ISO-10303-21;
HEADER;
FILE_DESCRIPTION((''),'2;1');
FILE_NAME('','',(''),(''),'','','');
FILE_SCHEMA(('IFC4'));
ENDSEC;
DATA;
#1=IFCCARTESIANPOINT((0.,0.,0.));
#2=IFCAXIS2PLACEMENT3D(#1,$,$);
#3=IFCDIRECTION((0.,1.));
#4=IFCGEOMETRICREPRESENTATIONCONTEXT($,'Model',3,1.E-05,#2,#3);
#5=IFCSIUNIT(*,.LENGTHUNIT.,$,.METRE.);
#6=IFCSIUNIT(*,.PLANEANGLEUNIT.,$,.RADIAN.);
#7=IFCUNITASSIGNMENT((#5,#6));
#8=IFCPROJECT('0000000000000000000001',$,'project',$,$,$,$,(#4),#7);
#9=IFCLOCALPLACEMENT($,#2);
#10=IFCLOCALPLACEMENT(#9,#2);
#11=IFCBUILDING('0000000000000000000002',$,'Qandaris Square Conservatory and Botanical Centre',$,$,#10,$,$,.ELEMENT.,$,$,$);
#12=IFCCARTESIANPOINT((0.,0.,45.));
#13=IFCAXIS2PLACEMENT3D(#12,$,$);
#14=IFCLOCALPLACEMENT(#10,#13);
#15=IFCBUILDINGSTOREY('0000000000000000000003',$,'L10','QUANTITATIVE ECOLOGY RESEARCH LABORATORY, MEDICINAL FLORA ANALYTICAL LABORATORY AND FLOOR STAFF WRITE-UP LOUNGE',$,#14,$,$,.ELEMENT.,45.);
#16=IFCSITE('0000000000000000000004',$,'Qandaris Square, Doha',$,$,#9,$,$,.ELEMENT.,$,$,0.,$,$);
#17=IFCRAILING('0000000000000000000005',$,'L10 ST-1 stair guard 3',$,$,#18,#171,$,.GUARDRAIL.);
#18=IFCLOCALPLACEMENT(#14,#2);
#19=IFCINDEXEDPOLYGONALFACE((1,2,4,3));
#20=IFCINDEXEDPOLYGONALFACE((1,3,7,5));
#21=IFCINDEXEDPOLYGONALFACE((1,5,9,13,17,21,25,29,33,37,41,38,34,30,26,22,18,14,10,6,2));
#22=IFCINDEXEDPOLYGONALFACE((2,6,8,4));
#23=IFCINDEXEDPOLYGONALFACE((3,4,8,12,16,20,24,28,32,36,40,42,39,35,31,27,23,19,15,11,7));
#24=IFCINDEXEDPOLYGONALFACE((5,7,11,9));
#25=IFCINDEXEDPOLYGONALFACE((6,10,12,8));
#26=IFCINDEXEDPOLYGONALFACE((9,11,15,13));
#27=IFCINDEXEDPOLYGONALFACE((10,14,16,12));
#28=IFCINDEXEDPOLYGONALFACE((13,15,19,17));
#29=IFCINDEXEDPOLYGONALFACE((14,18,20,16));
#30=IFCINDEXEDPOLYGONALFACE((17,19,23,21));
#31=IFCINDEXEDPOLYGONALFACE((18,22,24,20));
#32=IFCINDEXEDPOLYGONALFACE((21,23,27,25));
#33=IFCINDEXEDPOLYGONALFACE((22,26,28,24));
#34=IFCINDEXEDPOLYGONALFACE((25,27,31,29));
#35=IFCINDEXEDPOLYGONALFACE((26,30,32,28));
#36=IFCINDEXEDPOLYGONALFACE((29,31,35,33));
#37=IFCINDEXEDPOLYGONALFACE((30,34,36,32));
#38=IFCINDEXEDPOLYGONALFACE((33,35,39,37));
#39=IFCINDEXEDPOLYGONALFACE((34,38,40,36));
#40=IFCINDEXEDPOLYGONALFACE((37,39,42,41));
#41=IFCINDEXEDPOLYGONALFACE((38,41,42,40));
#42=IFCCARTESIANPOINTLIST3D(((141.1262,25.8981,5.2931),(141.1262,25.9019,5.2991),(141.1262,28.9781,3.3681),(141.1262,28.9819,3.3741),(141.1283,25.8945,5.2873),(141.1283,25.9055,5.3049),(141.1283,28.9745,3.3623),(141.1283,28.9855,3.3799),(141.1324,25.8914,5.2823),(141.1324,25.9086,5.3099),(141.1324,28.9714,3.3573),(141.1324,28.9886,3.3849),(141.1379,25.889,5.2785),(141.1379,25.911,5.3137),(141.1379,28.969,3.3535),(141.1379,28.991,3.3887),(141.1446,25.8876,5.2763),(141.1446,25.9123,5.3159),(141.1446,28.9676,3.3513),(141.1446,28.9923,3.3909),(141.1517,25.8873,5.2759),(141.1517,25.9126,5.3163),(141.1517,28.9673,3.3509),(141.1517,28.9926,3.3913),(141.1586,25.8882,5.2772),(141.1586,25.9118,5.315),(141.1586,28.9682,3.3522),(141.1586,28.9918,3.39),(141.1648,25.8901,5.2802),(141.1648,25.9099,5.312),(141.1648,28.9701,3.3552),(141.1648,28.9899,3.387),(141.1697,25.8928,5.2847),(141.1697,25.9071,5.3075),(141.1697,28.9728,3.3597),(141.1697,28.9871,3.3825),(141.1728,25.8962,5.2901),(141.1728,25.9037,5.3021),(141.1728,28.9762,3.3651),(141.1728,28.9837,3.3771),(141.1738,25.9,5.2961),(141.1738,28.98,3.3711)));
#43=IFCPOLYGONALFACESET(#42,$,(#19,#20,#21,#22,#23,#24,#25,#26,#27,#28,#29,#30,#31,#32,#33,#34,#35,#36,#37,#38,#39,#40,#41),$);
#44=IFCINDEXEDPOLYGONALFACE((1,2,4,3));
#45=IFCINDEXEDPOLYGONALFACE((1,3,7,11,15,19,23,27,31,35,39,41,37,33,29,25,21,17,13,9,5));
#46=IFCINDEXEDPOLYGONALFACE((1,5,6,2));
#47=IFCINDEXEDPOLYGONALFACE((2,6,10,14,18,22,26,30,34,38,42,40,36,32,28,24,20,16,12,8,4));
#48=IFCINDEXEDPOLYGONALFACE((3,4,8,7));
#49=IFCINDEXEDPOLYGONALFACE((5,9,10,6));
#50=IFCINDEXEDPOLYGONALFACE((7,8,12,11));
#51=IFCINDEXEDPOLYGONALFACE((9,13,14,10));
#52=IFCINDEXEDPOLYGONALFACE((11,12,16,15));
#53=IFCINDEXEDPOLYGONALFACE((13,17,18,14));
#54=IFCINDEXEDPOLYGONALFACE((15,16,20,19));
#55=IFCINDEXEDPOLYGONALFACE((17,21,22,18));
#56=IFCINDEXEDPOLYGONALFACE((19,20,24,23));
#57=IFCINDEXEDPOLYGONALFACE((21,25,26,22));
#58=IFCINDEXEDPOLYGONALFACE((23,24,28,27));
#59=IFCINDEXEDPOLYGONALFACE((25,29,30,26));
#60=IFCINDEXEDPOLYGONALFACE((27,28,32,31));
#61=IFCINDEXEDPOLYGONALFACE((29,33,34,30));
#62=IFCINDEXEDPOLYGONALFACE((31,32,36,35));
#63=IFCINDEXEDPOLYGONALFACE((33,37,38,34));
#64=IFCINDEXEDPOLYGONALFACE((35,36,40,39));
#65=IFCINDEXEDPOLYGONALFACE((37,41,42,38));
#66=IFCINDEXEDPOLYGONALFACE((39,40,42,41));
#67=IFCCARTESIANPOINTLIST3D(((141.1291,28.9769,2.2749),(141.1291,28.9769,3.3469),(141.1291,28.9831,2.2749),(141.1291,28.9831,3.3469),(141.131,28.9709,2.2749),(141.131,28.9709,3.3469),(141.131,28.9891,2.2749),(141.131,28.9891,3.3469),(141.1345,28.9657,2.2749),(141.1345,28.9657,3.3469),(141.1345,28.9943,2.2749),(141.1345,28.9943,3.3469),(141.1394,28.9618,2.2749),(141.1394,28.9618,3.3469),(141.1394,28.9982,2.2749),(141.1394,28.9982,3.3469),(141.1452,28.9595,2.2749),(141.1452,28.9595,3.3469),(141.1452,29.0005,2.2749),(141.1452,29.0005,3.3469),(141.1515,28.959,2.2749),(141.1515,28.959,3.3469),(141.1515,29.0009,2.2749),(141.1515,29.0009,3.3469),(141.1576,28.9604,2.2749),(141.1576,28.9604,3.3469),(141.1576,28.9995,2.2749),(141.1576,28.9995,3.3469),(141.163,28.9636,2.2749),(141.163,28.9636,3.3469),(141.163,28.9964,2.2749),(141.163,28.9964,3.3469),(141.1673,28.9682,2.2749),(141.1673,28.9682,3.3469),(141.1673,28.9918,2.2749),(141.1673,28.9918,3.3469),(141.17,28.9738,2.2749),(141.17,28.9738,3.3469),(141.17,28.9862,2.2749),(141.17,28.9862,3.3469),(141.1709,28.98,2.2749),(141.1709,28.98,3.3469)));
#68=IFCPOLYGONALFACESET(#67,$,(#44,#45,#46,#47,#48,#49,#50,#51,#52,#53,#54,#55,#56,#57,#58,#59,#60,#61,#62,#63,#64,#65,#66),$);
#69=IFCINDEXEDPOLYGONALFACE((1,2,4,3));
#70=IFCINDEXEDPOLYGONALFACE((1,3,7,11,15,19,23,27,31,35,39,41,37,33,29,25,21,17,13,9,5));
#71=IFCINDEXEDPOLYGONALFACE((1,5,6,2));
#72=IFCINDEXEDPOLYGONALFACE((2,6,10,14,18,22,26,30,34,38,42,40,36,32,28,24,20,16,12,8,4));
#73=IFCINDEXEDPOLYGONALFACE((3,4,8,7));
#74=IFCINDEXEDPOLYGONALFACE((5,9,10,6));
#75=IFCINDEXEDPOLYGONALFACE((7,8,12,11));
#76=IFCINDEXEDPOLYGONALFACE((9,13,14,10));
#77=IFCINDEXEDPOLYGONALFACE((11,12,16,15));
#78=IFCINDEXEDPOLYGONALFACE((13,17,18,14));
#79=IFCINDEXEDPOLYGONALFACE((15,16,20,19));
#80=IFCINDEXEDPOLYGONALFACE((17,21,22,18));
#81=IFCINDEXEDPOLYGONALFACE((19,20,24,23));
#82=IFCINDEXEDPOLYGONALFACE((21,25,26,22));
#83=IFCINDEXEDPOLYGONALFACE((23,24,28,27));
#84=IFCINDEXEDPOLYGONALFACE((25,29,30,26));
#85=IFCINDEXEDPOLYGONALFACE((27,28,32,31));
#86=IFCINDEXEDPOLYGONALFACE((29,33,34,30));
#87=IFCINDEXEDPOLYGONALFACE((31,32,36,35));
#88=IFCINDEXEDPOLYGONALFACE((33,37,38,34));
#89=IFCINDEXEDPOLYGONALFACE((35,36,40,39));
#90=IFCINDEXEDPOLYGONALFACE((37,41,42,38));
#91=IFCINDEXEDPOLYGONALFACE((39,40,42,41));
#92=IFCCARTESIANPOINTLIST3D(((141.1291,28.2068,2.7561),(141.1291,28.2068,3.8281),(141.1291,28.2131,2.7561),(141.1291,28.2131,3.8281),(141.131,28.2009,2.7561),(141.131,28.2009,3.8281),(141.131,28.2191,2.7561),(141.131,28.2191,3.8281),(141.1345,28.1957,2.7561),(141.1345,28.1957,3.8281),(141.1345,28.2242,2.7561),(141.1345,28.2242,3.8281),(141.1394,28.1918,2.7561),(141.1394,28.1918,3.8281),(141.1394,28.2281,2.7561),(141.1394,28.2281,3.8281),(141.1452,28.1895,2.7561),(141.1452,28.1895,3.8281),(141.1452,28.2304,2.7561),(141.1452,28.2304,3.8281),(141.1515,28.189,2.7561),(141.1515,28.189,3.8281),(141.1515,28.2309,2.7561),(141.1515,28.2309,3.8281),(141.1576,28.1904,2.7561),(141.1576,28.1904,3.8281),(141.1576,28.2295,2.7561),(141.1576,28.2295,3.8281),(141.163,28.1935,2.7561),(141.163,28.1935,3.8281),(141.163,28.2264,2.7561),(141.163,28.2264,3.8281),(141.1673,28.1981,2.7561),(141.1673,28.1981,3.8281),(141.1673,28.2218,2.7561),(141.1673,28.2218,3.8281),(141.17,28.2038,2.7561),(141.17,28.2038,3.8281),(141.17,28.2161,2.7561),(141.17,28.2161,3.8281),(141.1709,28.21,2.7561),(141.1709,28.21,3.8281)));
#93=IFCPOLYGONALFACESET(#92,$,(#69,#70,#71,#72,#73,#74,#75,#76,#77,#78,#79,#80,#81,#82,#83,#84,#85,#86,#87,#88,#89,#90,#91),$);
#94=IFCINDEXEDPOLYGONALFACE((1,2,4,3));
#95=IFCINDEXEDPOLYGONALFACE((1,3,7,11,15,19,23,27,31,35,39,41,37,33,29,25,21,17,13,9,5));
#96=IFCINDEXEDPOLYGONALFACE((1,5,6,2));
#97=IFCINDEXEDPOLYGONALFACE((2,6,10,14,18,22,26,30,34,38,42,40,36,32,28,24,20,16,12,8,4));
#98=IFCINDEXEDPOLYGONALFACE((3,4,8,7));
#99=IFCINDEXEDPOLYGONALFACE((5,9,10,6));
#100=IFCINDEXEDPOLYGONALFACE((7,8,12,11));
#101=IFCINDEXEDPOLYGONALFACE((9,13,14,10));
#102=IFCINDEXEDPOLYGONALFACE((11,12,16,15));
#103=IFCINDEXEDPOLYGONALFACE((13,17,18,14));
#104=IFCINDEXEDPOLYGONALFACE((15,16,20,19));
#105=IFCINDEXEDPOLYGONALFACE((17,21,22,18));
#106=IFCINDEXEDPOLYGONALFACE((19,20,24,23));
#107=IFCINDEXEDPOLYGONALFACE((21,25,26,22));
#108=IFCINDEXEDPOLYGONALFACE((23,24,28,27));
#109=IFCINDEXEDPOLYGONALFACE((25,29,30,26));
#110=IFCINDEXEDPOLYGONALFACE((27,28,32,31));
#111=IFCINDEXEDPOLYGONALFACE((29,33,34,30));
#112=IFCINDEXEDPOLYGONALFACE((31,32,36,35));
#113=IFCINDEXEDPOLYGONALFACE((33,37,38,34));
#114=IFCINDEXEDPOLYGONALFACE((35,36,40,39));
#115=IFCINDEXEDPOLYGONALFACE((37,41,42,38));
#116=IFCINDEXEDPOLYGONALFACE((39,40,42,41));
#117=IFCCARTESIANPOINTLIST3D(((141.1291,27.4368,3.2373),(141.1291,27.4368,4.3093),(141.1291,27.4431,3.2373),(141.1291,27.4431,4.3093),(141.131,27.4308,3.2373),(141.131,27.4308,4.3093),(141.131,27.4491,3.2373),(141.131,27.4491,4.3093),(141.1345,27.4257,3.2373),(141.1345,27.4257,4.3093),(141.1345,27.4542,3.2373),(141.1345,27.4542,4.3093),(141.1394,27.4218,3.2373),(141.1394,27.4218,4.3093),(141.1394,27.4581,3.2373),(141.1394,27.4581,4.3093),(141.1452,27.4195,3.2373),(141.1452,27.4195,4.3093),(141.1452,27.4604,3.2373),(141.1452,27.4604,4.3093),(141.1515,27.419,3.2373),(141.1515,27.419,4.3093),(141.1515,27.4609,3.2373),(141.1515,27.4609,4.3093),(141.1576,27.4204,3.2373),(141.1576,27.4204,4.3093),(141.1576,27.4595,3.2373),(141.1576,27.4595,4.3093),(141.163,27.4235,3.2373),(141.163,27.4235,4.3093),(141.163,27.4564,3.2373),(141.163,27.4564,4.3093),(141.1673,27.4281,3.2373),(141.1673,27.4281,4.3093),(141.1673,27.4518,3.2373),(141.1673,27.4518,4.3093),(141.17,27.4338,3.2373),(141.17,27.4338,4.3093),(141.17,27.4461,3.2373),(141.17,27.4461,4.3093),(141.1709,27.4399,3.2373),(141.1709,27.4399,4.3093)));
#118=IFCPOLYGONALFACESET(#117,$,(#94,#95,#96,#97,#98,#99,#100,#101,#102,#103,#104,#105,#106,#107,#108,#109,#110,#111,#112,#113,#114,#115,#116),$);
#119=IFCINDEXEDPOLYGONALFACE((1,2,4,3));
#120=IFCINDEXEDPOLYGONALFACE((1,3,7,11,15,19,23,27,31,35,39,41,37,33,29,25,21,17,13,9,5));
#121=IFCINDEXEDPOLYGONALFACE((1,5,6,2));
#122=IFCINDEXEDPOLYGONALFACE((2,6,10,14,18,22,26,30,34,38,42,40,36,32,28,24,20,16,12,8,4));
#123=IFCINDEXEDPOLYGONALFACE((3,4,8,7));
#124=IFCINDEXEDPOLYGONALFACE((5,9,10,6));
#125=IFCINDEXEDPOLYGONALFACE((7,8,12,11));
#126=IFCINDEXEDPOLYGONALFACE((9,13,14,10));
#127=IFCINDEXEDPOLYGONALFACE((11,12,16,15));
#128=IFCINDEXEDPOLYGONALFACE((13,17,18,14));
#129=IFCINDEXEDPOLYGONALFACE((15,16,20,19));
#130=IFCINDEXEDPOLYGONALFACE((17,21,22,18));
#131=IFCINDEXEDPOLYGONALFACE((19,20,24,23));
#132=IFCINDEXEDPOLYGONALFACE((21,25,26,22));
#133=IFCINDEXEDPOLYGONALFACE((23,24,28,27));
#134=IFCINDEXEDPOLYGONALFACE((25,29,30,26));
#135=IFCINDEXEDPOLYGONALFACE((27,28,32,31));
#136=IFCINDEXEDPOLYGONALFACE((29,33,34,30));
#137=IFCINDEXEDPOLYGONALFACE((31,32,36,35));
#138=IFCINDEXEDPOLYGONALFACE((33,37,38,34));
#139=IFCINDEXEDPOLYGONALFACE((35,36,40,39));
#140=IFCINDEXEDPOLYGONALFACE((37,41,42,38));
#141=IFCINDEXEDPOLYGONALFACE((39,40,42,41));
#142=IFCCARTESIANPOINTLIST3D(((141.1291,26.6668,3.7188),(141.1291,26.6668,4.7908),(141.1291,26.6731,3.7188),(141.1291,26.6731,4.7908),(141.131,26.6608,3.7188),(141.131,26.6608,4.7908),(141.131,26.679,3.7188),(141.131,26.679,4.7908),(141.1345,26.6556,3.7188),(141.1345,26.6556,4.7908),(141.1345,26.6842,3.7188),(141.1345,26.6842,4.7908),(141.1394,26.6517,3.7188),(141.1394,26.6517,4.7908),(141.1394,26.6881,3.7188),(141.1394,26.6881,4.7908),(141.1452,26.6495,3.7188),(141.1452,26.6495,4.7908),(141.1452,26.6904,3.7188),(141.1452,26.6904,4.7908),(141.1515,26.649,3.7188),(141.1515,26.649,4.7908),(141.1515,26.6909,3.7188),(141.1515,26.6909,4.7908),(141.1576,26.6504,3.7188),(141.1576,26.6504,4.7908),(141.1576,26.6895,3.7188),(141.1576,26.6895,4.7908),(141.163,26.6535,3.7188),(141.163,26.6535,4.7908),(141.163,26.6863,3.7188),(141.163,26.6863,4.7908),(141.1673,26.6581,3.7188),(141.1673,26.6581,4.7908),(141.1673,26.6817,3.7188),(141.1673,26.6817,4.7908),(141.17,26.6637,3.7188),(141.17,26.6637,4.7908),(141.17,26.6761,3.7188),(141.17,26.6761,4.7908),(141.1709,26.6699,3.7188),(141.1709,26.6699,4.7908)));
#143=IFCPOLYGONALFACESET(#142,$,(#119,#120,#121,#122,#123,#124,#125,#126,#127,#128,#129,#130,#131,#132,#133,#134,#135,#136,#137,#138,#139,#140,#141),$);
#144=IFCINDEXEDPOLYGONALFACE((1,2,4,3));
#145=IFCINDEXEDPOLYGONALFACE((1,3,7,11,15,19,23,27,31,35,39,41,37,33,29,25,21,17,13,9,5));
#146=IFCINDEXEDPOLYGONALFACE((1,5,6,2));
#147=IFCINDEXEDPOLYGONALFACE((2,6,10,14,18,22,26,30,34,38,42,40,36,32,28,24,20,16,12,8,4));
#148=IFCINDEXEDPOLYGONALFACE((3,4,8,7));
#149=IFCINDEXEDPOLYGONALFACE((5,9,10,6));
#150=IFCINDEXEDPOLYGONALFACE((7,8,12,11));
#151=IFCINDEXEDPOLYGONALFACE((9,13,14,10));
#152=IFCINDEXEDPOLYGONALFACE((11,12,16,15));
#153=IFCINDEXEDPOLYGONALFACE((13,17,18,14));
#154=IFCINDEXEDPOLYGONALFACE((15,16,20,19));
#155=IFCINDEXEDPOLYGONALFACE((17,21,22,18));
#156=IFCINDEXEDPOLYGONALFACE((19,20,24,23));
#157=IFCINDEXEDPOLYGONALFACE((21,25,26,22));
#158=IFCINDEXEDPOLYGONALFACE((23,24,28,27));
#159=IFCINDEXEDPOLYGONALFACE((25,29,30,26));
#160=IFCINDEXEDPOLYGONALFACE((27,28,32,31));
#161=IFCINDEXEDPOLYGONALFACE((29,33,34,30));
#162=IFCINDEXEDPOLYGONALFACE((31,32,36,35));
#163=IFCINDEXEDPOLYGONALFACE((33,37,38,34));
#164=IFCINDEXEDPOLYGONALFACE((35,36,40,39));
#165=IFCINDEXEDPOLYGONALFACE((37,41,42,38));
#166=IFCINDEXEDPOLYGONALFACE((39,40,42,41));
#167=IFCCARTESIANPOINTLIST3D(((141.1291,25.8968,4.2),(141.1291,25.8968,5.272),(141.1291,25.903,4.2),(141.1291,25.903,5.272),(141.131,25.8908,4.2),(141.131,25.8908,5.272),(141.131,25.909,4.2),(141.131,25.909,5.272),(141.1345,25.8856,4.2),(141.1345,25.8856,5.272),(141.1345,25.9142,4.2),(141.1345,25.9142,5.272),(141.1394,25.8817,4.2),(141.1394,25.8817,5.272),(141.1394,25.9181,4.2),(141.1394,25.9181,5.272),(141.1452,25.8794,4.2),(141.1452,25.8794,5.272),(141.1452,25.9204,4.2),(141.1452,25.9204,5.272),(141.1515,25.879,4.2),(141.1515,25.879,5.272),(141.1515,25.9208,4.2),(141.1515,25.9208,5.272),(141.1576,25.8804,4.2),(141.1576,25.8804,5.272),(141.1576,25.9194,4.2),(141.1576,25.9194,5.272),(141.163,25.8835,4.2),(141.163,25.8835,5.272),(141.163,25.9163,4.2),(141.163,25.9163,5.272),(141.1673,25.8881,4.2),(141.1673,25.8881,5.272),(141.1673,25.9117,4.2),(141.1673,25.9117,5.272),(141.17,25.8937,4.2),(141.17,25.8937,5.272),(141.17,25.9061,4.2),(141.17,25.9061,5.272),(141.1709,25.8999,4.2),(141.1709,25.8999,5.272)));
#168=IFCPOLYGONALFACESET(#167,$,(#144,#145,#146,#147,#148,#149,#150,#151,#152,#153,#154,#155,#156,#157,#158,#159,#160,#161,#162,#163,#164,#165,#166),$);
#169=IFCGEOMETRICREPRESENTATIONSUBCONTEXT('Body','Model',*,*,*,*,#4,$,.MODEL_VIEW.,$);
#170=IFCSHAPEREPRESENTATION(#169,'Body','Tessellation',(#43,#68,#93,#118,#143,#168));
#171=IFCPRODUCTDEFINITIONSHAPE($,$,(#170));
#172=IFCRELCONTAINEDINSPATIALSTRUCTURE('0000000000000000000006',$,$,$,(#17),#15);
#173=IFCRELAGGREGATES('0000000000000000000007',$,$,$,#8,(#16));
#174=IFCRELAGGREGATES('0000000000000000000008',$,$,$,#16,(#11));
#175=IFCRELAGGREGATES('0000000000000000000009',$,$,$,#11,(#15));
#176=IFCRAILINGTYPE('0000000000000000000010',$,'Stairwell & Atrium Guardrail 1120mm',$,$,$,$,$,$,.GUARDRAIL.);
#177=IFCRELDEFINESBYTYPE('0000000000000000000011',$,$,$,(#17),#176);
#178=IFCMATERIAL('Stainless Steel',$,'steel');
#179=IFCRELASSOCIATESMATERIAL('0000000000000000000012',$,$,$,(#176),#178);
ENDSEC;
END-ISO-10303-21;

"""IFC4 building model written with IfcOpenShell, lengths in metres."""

from ifc_helpers import new_model, si_unit, direction, frame, origin, origin_2d, place, context, subcontext, project, spatial, circle, extrude, material, type_object, element, save


model = new_model("IFC4")

# Units and contexts
model_context = context("Model", 3, precision=1e-05, world=origin(), true_north=direction((0.0, 1.0)))
body_context = subcontext(model_context, "Body", "Model", "MODEL_VIEW")
ifc_project = project(units=[si_unit("LENGTHUNIT", "METRE"), si_unit("PLANEANGLEUNIT", "RADIAN")], contexts=[model_context])

# Site, building, storey
site_placement = place(None, origin())
site = spatial("IfcSite", under=ifc_project, at=site_placement, Name="Qandaris Square, Doha", CompositionType="ELEMENT", RefElevation=0.0)
building_placement = place(site_placement, origin())
building = spatial("IfcBuilding", under=site, at=building_placement, Name="Qandaris Square Conservatory and Botanical Centre", CompositionType="ELEMENT")
storey_placement = place(building_placement, frame((0.0, 0.0, 45.0)))
storey = spatial("IfcBuildingStorey", under=building, at=storey_placement, Name="L10", Description="QUANTITATIVE ECOLOGY RESEARCH LABORATORY, MEDICINAL FLORA ANALYTICAL LABORATORY AND FLOOR STAFF WRITE-UP LOUNGE", CompositionType="ELEMENT", Elevation=45.0)

# Railing
ifc_material_1 = material(Name="Stainless Steel", Category="steel")
railing_type_1 = type_object("IfcRailingType", Name="Stairwell & Atrium Guardrail 1120mm", PredefinedType="GUARDRAIL", material=ifc_material_1)
railing_1_placement = place(storey_placement, frame((141.1499, 28.98, 2.2749)))
element("IfcRailing", 1, at=railing_1_placement, inside=storey, type_object=railing_type_1, Name="L10 ST-1 stair guard 3", PredefinedType="GUARDRAIL", context=body_context, shape_type="SweptSolid", body=[
    extrude(circle(Radius=0.0239, at=origin_2d()), frame((0.0, 0.0, 1.0962), z_axis=(0.0, -0.847998, 0.529999), x_axis=(1.0, 0.0, 0.0)), (0.0, 0.0, 1.0), 3.6321),
    extrude(circle(Radius=0.021, at=origin_2d()), origin(), (0.0, 0.0, 1.0), 1.072),
    extrude(circle(Radius=0.021, at=origin_2d()), frame((0.0, -0.77, 0.4812)), (0.0, 0.0, 1.0), 1.072),
    extrude(circle(Radius=0.021, at=origin_2d()), frame((0.0, -1.54, 0.9624)), (0.0, 0.0, 1.0), 1.072),
    extrude(circle(Radius=0.021, at=origin_2d()), frame((0.0, -2.3101, 1.4438)), (0.0, 0.0, 1.0), 1.072),
    extrude(circle(Radius=0.021, at=origin_2d()), frame((0.0, -3.0801, 1.925)), (0.0, 0.0, 1.0), 1.072),
])

save(model, "model.ifc")
